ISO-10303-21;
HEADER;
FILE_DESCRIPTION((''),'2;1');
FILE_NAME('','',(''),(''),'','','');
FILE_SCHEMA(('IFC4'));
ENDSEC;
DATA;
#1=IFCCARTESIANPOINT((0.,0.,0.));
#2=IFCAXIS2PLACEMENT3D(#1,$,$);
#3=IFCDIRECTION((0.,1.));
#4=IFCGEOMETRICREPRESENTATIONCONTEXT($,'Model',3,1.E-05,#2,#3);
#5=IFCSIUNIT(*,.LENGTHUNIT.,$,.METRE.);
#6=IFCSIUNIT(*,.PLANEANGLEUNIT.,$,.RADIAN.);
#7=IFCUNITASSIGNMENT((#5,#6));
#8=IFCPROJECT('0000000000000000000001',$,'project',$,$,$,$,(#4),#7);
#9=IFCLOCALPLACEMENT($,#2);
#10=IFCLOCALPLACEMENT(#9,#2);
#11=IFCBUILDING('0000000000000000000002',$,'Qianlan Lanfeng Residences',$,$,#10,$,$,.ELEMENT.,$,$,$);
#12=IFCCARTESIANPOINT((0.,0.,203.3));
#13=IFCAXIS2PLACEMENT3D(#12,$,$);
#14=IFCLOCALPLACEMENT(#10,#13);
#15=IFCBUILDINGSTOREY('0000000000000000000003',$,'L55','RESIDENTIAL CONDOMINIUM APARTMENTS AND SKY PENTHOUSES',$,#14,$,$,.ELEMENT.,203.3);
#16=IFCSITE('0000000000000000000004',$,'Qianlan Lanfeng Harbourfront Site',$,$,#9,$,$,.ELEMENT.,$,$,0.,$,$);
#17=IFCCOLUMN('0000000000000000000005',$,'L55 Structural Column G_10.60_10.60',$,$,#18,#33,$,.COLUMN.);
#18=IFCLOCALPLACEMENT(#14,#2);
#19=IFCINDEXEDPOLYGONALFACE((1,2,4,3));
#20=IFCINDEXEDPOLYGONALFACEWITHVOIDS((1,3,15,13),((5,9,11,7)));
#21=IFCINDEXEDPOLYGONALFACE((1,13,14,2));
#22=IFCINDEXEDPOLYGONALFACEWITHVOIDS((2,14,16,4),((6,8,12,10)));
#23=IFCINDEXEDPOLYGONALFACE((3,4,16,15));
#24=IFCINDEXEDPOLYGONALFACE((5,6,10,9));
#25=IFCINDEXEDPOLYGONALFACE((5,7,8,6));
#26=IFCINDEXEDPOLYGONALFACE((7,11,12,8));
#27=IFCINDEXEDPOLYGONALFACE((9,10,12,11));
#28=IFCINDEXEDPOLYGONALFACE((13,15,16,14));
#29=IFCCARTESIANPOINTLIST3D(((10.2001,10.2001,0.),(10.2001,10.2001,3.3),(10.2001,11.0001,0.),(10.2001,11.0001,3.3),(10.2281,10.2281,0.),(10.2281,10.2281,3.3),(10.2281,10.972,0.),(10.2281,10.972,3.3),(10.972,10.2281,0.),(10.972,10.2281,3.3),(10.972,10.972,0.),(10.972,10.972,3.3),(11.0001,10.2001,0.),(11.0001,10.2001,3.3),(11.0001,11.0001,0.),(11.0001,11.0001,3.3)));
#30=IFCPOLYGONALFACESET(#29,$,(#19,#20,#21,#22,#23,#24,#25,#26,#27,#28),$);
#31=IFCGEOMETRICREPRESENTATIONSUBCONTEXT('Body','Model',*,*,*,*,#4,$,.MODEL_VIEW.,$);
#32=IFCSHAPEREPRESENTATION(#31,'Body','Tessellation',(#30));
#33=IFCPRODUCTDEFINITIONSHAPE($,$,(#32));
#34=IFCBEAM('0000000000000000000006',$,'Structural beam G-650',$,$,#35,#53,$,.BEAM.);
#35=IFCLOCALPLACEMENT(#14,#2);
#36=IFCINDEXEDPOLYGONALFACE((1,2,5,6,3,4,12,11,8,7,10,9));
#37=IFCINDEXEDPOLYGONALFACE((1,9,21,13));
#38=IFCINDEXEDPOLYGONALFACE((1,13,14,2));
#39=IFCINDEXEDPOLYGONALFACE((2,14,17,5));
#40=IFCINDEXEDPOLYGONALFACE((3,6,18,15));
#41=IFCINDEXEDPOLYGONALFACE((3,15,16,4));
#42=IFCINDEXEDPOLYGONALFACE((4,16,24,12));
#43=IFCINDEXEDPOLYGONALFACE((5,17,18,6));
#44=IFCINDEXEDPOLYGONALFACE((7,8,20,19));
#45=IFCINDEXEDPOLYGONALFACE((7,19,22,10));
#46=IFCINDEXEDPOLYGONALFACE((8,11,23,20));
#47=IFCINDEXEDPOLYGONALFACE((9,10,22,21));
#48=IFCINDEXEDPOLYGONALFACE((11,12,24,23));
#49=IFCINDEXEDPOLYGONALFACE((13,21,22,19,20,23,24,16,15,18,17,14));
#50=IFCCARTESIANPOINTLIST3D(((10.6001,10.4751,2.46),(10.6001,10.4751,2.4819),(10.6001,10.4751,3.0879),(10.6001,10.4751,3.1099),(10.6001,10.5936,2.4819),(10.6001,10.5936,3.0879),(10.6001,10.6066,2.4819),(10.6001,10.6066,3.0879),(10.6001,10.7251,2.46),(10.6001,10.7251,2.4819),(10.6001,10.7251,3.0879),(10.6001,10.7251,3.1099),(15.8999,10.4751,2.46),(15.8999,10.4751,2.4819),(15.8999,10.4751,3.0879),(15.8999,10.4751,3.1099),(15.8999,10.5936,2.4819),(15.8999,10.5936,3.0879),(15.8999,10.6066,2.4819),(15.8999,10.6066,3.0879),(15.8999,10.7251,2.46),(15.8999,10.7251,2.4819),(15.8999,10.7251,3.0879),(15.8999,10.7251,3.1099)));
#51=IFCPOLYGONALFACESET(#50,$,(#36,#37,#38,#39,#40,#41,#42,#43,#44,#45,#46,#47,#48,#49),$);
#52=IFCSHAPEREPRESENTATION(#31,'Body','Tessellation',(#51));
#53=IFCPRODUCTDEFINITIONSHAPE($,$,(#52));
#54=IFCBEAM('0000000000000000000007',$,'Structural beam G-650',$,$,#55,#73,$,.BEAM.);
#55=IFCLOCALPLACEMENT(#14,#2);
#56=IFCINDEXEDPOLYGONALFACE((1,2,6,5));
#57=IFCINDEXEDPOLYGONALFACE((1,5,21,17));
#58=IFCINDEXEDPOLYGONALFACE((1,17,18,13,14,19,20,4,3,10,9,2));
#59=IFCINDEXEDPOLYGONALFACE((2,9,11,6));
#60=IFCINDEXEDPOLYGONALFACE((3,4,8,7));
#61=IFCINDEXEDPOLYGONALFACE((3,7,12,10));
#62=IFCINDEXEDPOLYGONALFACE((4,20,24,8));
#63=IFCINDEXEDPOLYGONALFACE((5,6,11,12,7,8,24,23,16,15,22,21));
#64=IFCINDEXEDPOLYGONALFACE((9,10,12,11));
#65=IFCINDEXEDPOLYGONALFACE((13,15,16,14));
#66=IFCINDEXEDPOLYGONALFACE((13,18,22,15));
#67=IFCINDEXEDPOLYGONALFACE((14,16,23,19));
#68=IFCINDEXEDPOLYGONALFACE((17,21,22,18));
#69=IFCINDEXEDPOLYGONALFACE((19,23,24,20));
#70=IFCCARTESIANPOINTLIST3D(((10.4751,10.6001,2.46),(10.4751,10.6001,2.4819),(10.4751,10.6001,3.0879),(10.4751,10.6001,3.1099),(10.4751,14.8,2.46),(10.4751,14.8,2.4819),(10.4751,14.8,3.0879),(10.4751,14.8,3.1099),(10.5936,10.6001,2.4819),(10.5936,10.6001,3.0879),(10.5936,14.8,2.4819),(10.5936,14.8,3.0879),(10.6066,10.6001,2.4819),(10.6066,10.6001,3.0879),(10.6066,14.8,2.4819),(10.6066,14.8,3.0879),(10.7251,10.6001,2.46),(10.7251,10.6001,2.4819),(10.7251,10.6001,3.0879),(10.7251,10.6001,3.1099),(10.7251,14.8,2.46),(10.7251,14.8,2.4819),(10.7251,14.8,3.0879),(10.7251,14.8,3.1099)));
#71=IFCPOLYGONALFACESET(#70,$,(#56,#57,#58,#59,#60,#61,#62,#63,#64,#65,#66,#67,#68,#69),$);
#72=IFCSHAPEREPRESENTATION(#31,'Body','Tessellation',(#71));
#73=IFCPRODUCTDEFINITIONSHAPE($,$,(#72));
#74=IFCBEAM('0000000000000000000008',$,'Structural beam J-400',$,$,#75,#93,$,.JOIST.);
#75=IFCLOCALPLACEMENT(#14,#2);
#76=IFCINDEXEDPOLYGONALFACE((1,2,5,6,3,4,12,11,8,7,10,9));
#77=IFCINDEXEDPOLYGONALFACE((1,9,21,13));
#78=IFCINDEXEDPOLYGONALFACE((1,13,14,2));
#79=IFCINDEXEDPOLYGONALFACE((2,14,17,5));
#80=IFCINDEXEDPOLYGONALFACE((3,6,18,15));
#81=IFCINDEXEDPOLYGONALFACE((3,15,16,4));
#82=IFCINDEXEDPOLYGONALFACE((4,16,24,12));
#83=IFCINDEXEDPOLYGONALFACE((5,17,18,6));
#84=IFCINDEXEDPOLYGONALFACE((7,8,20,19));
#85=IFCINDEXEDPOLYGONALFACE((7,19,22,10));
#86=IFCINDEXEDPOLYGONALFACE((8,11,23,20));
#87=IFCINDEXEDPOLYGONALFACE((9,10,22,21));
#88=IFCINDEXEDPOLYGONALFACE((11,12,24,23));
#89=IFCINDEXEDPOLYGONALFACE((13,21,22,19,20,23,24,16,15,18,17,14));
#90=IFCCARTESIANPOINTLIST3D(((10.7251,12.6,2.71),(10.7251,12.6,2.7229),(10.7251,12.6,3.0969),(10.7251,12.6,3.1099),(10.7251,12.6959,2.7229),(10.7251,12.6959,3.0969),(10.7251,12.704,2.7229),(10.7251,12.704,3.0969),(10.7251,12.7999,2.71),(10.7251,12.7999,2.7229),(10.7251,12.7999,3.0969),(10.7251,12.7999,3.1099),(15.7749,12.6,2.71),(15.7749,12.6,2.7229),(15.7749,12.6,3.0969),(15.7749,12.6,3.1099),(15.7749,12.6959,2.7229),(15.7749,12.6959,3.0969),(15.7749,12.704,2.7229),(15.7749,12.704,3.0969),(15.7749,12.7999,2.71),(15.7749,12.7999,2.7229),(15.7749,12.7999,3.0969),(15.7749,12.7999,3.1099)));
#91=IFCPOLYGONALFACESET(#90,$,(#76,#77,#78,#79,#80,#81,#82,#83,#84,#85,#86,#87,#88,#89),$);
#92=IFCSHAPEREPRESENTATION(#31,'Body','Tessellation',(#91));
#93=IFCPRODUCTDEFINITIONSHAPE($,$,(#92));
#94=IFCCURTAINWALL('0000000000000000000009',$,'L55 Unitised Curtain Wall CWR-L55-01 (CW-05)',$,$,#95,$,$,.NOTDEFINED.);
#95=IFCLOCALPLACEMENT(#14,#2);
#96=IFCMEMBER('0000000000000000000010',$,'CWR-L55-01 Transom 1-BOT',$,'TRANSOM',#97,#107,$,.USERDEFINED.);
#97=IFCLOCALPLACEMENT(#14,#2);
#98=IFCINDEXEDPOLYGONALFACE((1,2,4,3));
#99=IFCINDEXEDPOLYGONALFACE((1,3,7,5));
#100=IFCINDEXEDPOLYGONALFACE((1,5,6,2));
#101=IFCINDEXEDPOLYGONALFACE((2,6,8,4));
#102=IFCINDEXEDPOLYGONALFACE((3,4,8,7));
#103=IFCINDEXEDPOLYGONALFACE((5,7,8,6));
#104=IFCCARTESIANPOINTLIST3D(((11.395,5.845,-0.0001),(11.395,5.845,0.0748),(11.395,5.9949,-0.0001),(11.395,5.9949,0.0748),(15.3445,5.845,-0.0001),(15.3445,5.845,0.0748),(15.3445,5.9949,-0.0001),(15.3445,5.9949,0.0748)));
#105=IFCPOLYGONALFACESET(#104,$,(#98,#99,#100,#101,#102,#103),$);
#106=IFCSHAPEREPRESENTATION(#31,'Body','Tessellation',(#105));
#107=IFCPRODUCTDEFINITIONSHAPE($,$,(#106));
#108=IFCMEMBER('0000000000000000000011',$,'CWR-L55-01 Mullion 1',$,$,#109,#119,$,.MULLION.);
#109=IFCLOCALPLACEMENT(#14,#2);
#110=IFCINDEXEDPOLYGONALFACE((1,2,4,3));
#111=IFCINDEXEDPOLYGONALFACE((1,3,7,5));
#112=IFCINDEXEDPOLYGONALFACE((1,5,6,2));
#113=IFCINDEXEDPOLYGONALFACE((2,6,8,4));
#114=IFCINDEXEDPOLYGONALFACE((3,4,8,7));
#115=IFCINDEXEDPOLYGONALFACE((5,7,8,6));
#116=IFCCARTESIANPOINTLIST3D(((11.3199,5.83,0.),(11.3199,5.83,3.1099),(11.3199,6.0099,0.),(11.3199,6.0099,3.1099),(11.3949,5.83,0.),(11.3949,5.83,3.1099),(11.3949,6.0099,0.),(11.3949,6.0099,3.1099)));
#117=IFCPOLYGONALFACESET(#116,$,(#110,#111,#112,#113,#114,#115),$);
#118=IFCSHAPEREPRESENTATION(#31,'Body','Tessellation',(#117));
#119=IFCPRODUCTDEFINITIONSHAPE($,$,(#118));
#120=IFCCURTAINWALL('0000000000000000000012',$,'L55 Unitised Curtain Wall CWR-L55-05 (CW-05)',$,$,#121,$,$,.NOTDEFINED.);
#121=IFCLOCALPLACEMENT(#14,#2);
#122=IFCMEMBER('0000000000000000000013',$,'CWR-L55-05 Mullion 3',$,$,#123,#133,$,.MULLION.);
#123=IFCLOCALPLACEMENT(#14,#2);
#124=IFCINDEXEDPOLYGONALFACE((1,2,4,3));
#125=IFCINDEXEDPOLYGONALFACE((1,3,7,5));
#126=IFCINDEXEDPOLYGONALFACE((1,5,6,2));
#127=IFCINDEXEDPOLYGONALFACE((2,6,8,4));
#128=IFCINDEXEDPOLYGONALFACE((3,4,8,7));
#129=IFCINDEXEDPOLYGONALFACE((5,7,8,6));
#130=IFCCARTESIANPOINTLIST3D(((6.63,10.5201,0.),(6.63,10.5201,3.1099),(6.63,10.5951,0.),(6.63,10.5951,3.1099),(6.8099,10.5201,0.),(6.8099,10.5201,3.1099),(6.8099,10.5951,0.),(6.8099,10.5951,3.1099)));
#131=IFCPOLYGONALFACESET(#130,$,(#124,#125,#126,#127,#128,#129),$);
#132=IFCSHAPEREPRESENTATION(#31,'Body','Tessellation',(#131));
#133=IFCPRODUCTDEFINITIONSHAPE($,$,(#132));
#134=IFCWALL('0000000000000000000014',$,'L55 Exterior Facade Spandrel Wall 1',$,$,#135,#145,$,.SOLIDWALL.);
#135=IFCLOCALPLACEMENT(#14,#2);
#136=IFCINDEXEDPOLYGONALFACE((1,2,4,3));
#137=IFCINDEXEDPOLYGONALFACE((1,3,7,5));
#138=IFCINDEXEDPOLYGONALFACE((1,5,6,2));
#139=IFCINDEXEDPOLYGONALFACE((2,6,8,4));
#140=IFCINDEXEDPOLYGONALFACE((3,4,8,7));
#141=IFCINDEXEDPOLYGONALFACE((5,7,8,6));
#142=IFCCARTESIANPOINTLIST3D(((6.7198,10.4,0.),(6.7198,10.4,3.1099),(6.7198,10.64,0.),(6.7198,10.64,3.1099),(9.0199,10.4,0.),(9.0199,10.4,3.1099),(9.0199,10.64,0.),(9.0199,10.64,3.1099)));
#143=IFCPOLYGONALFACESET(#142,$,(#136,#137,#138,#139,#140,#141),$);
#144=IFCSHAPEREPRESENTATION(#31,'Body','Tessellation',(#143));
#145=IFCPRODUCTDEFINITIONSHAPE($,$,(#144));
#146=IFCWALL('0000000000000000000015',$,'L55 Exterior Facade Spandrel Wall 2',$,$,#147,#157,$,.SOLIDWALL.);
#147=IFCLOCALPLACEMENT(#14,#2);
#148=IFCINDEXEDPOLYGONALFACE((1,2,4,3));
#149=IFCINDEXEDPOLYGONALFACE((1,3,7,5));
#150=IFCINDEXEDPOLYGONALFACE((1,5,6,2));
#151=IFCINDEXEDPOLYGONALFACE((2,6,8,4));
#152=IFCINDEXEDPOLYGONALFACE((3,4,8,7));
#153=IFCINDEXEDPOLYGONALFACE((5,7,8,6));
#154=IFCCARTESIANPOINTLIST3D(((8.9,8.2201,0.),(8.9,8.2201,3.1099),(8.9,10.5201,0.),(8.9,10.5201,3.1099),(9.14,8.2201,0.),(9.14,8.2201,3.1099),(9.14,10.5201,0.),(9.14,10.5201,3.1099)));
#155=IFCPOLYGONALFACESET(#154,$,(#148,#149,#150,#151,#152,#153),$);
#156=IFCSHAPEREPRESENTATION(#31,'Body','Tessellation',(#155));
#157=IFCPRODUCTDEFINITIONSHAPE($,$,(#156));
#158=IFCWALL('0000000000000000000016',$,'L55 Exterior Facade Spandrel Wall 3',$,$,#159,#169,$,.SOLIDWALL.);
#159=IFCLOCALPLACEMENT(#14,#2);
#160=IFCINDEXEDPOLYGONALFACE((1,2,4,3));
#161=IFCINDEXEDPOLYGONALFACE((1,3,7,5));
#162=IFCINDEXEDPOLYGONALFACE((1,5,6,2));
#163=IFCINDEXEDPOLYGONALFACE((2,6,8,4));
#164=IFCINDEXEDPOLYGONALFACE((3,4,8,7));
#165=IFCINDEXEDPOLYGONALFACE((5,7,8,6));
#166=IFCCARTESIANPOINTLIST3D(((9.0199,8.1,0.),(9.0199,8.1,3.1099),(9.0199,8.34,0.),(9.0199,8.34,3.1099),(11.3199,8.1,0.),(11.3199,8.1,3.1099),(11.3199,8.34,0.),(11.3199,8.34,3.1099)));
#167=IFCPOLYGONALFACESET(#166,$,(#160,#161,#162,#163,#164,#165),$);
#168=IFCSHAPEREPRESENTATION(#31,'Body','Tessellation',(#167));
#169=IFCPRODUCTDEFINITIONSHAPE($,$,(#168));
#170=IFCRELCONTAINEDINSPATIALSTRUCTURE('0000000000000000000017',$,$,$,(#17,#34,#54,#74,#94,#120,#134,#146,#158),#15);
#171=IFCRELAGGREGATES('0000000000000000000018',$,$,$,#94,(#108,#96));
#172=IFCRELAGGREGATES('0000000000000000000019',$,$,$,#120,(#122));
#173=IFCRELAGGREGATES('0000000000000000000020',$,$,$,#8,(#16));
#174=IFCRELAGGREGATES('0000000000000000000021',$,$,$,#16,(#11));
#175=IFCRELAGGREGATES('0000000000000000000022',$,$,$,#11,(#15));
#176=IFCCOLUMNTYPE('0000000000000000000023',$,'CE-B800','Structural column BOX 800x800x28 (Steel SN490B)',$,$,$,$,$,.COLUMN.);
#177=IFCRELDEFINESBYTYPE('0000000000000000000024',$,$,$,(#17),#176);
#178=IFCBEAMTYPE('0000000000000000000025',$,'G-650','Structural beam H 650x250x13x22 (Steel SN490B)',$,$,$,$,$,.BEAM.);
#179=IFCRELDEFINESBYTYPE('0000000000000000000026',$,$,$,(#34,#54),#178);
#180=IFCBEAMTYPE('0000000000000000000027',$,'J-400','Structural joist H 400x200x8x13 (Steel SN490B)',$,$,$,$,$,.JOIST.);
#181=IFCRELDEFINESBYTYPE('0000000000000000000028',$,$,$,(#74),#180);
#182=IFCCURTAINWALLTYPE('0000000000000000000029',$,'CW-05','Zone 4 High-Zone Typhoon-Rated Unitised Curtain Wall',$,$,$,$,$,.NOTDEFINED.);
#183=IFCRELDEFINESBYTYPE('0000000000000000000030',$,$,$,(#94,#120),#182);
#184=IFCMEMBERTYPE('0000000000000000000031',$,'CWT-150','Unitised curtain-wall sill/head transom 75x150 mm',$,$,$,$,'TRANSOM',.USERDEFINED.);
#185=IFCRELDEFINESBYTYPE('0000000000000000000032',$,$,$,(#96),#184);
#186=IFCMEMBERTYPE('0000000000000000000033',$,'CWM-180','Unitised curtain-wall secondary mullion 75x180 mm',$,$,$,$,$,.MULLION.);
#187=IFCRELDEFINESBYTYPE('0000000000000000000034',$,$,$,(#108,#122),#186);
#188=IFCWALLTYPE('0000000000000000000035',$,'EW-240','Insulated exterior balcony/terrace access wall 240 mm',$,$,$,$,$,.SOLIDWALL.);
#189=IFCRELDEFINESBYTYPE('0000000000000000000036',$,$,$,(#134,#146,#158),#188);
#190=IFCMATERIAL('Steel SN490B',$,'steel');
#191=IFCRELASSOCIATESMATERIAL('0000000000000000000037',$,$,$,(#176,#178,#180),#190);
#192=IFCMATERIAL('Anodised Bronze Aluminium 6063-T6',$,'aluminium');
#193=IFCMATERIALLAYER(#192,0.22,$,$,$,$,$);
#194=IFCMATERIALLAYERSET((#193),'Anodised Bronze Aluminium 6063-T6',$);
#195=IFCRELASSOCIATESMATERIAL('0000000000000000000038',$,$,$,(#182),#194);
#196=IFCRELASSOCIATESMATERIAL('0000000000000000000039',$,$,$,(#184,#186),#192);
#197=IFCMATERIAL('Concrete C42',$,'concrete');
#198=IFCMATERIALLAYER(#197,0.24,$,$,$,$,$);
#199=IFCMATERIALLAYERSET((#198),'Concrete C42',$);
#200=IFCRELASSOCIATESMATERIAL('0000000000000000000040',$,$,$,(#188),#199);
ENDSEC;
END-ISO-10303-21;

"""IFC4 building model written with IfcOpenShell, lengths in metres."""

from ifc_helpers import new_model, si_unit, direction, frame, frame_2d, origin, origin_2d, place, context, subcontext, project, spatial, rectangle, hollow_rectangle, i_section, extrude, source, transform, mapped, material, layer, layer_set, material_profile, profile_set, type_object, element, aggregate, save


model = new_model("IFC4")

# Units and contexts
model_context = context("Model", 3, precision=1e-05, world=origin(), true_north=direction((0.0, 1.0)))
body_context = subcontext(model_context, "Body", "Model", "MODEL_VIEW")
ifc_project = project(units=[si_unit("LENGTHUNIT", "METRE"), si_unit("PLANEANGLEUNIT", "RADIAN")], contexts=[model_context])

# Site, building, storey
site_placement = place(None, origin())
site = spatial("IfcSite", under=ifc_project, at=site_placement, Name="Qianlan Lanfeng Harbourfront Site", CompositionType="ELEMENT", RefElevation=0.0)
building_placement = place(site_placement, origin())
building = spatial("IfcBuilding", under=site, at=building_placement, Name="Qianlan Lanfeng Residences", CompositionType="ELEMENT")
storey_placement = place(building_placement, frame((0.0, 0.0, 203.3)))
storey = spatial("IfcBuildingStorey", under=building, at=storey_placement, Name="L55", Description="RESIDENTIAL CONDOMINIUM APARTMENTS AND SKY PENTHOUSES", CompositionType="ELEMENT", Elevation=203.3)

# Column
ifc_material_1 = material(Name="Steel SN490B", Category="steel")
ifc_material_profile_1 = material_profile(ifc_material_1, hollow_rectangle(XDim=0.8, YDim=0.8, WallThickness=0.0281, at=origin_2d()), Name="BOX 800x800x28")
ifc_profile_set_1 = profile_set([ifc_material_profile_1], Name="Steel SN490B")
column_type = type_object("IfcColumnType", Name="CE-B800", Description="Structural column BOX 800x800x28 (Steel SN490B)", PredefinedType="COLUMN", material=ifc_profile_set_1)
column_placement = place(storey_placement, frame((10.6001, 10.6001, 0.0), z_axis=(0.0, 0.0, 1.0), x_axis=(1.0, 0.0, 0.0)))
element("IfcColumn", 1, at=column_placement, inside=storey, type_object=column_type, Name="L55 Structural Column G_10.60_10.60", PredefinedType="COLUMN", context=body_context, shape_type="SweptSolid", body=[
    extrude(hollow_rectangle(XDim=0.8, YDim=0.8, WallThickness=0.0281, at=origin_2d()), origin(), (0.0, 0.0, 1.0), 3.3),
])

# Beams
ifc_material_profile_2 = material_profile(ifc_material_1, i_section(OverallWidth=0.25, OverallDepth=0.6499, WebThickness=0.0129, FlangeThickness=0.022, at=origin_2d()), Name="H 650x250x13x22")
ifc_profile_set_2 = profile_set([ifc_material_profile_2], Name="Steel SN490B")
beam_type_1 = type_object("IfcBeamType", Name="G-650", Description="Structural beam H 650x250x13x22 (Steel SN490B)", PredefinedType="BEAM", material=ifc_profile_set_2)
beam_1_placement = place(storey_placement, frame((10.6001, 10.6001, 2.7849), z_axis=(1.0, 0.0, 0.0), x_axis=(0.0, 1.0, 0.0)))
element("IfcBeam", 2, at=beam_1_placement, inside=storey, type_object=beam_type_1, Name="Structural beam G-650", PredefinedType="BEAM", context=body_context, shape_type="SweptSolid", body=[
    extrude(i_section(OverallWidth=0.25, OverallDepth=0.6499, WebThickness=0.0129, FlangeThickness=0.022, at=origin_2d()), origin(), (0.0, 0.0, 1.0), 5.2998),
])
beam_2_placement = place(storey_placement, frame((10.6001, 10.6001, 2.7849), z_axis=(0.0, 1.0, 0.0), x_axis=(-1.0, 0.0, 0.0)))
element("IfcBeam", 3, at=beam_2_placement, inside=storey, type_object=beam_type_1, Name="Structural beam G-650", PredefinedType="BEAM", context=body_context, shape_type="SweptSolid", body=[
    extrude(i_section(OverallWidth=0.25, OverallDepth=0.6499, WebThickness=0.0129, FlangeThickness=0.022, at=origin_2d()), origin(), (0.0, 0.0, 1.0), 4.2),
])
ifc_material_profile_3 = material_profile(ifc_material_1, i_section(OverallWidth=0.2, OverallDepth=0.3999, WebThickness=0.0081, FlangeThickness=0.0129, at=origin_2d()), Name="H 400x200x8x13")
ifc_profile_set_3 = profile_set([ifc_material_profile_3], Name="Steel SN490B")
beam_type_2 = type_object("IfcBeamType", Name="J-400", Description="Structural joist H 400x200x8x13 (Steel SN490B)", PredefinedType="JOIST", material=ifc_profile_set_3)
beam_3_placement = place(storey_placement, frame((10.7251, 12.7, 2.9099), z_axis=(1.0, 0.0, 0.0), x_axis=(0.0, 1.0, 0.0)))
element("IfcBeam", 4, at=beam_3_placement, inside=storey, type_object=beam_type_2, Name="Structural beam J-400", PredefinedType="JOIST", context=body_context, shape_type="SweptSolid", body=[
    extrude(i_section(OverallWidth=0.2, OverallDepth=0.3999, WebThickness=0.0081, FlangeThickness=0.0129, at=origin_2d()), origin(), (0.0, 0.0, 1.0), 5.0498),
])

# Curtain wall, members
ifc_material_2 = material(Name="Anodised Bronze Aluminium 6063-T6", Category="aluminium")
ifc_layer_1 = layer(ifc_material_2, 0.22)
ifc_layer_set_1 = layer_set([ifc_layer_1], Name="Anodised Bronze Aluminium 6063-T6")
curtain_wall_type = type_object("IfcCurtainWallType", Name="CW-05", Description="Zone 4 High-Zone Typhoon-Rated Unitised Curtain Wall", PredefinedType="NOTDEFINED", material=ifc_layer_set_1)
curtain_wall_1_placement = place(storey_placement, origin())
curtain_wall_1 = element("IfcCurtainWall", 5, at=curtain_wall_1_placement, inside=storey, type_object=curtain_wall_type, Name="L55 Unitised Curtain Wall CWR-L55-01 (CW-05)", PredefinedType="NOTDEFINED")
ifc_material_profile_4 = material_profile(ifc_material_2, rectangle(XDim=0.075, YDim=0.1499, at=origin_2d()), Name="ALU TRANSOM 75x150")
ifc_profile_set_4 = profile_set([ifc_material_profile_4], Name="Anodised Bronze Aluminium 6063-T6")
member_type_1 = type_object("IfcMemberType", Name="CWT-150", Description="Unitised curtain-wall sill/head transom 75x150 mm", ElementType="TRANSOM", PredefinedType="USERDEFINED", material=ifc_profile_set_4)
shared_shape_1 = source(origin(), body_context, "Body", "SweptSolid", [
    extrude(rectangle(XDim=0.075, YDim=0.1499, at=origin_2d()), origin(), (0.0, 0.0, 1.0), 3.9495),
])
member_1_placement = place(storey_placement, frame((11.395, 5.9199, 0.0374), z_axis=(1.0, 0.0, 0.0), x_axis=(0.0, 0.0, 1.0)))
member_1 = element("IfcMember", 6, at=member_1_placement, type_object=member_type_1, Name="CWR-L55-01 Transom 1-BOT", ObjectType="TRANSOM", PredefinedType="USERDEFINED", context=body_context, shape_type="MappedRepresentation", body=[
    mapped(shared_shape_1, transform((0.0, 0.0, 0.0), scale=1.0)),
])
ifc_material_profile_5 = material_profile(ifc_material_2, rectangle(XDim=0.075, YDim=0.1799, at=origin_2d()), Name="ALU MULLION 75x180")
ifc_profile_set_5 = profile_set([ifc_material_profile_5], Name="Anodised Bronze Aluminium 6063-T6")
member_type_2 = type_object("IfcMemberType", Name="CWM-180", Description="Unitised curtain-wall secondary mullion 75x180 mm", PredefinedType="MULLION", material=ifc_profile_set_5)
shared_shape_2 = source(origin(), body_context, "Body", "SweptSolid", [
    extrude(rectangle(XDim=0.075, YDim=0.1799, at=origin_2d()), origin(), (0.0, 0.0, 1.0), 3.1099),
])
member_2_placement = place(storey_placement, frame((11.3574, 5.9199, 0.0), z_axis=(0.0, 0.0, 1.0), x_axis=(1.0, 0.0, 0.0)))
member_2 = element("IfcMember", 7, at=member_2_placement, type_object=member_type_2, Name="CWR-L55-01 Mullion 1", PredefinedType="MULLION", context=body_context, shape_type="MappedRepresentation", body=[
    mapped(shared_shape_2, transform((0.0, 0.0, 0.0), scale=1.0)),
])
aggregate(curtain_wall_1, [member_2, member_1])

# Curtain wall, member
curtain_wall_2_placement = place(storey_placement, origin())
curtain_wall_2 = element("IfcCurtainWall", 8, at=curtain_wall_2_placement, inside=storey, type_object=curtain_wall_type, Name="L55 Unitised Curtain Wall CWR-L55-05 (CW-05)", PredefinedType="NOTDEFINED")
member_3_placement = place(storey_placement, frame((6.72, 10.5576, 0.0), z_axis=(0.0, 0.0, 1.0), x_axis=(0.0, -1.0, 0.0)))
member_3 = element("IfcMember", 9, at=member_3_placement, type_object=member_type_2, Name="CWR-L55-05 Mullion 3", PredefinedType="MULLION", context=body_context, shape_type="MappedRepresentation", body=[
    mapped(shared_shape_2, transform((0.0, 0.0, 0.0), scale=1.0)),
])
aggregate(curtain_wall_2, [member_3])

# Walls
ifc_material_3 = material(Name="Concrete C42", Category="concrete")
ifc_layer_2 = layer(ifc_material_3, 0.24)
ifc_layer_set_2 = layer_set([ifc_layer_2], Name="Concrete C42")
wall_type_1 = type_object("IfcWallType", Name="EW-240", Description="Insulated exterior balcony/terrace access wall 240 mm", PredefinedType="SOLIDWALL", material=ifc_layer_set_2)
for number, where, z_axis, x_axis, name in (
    (10, (6.72, 10.52, 0.0), (0.0, 0.0, 1.0), (1.0, 0.0, 0.0), "L55 Exterior Facade Spandrel Wall 1"),
    (11, (9.02, 10.52, 0.0), (0.0, 0.0, 1.0), (0.0, -1.0, 0.0), "L55 Exterior Facade Spandrel Wall 2"),
    (12, (9.02, 8.22, 0.0), (0.0, 0.0, 1.0), (1.0, 0.0, 0.0), "L55 Exterior Facade Spandrel Wall 3"),
):
    element("IfcWall", number, at=place(storey_placement, frame(where, z_axis=z_axis, x_axis=x_axis)), inside=storey, type_object=wall_type_1, Name=name, PredefinedType="SOLIDWALL", context=body_context, shape_type="SweptSolid", body=[
        extrude(rectangle(XDim=2.3, YDim=0.24, at=frame_2d((1.1499, 0.0))), origin(), (0.0, 0.0, 1.0), 3.1099),
    ])

save(model, "model.ifc")
